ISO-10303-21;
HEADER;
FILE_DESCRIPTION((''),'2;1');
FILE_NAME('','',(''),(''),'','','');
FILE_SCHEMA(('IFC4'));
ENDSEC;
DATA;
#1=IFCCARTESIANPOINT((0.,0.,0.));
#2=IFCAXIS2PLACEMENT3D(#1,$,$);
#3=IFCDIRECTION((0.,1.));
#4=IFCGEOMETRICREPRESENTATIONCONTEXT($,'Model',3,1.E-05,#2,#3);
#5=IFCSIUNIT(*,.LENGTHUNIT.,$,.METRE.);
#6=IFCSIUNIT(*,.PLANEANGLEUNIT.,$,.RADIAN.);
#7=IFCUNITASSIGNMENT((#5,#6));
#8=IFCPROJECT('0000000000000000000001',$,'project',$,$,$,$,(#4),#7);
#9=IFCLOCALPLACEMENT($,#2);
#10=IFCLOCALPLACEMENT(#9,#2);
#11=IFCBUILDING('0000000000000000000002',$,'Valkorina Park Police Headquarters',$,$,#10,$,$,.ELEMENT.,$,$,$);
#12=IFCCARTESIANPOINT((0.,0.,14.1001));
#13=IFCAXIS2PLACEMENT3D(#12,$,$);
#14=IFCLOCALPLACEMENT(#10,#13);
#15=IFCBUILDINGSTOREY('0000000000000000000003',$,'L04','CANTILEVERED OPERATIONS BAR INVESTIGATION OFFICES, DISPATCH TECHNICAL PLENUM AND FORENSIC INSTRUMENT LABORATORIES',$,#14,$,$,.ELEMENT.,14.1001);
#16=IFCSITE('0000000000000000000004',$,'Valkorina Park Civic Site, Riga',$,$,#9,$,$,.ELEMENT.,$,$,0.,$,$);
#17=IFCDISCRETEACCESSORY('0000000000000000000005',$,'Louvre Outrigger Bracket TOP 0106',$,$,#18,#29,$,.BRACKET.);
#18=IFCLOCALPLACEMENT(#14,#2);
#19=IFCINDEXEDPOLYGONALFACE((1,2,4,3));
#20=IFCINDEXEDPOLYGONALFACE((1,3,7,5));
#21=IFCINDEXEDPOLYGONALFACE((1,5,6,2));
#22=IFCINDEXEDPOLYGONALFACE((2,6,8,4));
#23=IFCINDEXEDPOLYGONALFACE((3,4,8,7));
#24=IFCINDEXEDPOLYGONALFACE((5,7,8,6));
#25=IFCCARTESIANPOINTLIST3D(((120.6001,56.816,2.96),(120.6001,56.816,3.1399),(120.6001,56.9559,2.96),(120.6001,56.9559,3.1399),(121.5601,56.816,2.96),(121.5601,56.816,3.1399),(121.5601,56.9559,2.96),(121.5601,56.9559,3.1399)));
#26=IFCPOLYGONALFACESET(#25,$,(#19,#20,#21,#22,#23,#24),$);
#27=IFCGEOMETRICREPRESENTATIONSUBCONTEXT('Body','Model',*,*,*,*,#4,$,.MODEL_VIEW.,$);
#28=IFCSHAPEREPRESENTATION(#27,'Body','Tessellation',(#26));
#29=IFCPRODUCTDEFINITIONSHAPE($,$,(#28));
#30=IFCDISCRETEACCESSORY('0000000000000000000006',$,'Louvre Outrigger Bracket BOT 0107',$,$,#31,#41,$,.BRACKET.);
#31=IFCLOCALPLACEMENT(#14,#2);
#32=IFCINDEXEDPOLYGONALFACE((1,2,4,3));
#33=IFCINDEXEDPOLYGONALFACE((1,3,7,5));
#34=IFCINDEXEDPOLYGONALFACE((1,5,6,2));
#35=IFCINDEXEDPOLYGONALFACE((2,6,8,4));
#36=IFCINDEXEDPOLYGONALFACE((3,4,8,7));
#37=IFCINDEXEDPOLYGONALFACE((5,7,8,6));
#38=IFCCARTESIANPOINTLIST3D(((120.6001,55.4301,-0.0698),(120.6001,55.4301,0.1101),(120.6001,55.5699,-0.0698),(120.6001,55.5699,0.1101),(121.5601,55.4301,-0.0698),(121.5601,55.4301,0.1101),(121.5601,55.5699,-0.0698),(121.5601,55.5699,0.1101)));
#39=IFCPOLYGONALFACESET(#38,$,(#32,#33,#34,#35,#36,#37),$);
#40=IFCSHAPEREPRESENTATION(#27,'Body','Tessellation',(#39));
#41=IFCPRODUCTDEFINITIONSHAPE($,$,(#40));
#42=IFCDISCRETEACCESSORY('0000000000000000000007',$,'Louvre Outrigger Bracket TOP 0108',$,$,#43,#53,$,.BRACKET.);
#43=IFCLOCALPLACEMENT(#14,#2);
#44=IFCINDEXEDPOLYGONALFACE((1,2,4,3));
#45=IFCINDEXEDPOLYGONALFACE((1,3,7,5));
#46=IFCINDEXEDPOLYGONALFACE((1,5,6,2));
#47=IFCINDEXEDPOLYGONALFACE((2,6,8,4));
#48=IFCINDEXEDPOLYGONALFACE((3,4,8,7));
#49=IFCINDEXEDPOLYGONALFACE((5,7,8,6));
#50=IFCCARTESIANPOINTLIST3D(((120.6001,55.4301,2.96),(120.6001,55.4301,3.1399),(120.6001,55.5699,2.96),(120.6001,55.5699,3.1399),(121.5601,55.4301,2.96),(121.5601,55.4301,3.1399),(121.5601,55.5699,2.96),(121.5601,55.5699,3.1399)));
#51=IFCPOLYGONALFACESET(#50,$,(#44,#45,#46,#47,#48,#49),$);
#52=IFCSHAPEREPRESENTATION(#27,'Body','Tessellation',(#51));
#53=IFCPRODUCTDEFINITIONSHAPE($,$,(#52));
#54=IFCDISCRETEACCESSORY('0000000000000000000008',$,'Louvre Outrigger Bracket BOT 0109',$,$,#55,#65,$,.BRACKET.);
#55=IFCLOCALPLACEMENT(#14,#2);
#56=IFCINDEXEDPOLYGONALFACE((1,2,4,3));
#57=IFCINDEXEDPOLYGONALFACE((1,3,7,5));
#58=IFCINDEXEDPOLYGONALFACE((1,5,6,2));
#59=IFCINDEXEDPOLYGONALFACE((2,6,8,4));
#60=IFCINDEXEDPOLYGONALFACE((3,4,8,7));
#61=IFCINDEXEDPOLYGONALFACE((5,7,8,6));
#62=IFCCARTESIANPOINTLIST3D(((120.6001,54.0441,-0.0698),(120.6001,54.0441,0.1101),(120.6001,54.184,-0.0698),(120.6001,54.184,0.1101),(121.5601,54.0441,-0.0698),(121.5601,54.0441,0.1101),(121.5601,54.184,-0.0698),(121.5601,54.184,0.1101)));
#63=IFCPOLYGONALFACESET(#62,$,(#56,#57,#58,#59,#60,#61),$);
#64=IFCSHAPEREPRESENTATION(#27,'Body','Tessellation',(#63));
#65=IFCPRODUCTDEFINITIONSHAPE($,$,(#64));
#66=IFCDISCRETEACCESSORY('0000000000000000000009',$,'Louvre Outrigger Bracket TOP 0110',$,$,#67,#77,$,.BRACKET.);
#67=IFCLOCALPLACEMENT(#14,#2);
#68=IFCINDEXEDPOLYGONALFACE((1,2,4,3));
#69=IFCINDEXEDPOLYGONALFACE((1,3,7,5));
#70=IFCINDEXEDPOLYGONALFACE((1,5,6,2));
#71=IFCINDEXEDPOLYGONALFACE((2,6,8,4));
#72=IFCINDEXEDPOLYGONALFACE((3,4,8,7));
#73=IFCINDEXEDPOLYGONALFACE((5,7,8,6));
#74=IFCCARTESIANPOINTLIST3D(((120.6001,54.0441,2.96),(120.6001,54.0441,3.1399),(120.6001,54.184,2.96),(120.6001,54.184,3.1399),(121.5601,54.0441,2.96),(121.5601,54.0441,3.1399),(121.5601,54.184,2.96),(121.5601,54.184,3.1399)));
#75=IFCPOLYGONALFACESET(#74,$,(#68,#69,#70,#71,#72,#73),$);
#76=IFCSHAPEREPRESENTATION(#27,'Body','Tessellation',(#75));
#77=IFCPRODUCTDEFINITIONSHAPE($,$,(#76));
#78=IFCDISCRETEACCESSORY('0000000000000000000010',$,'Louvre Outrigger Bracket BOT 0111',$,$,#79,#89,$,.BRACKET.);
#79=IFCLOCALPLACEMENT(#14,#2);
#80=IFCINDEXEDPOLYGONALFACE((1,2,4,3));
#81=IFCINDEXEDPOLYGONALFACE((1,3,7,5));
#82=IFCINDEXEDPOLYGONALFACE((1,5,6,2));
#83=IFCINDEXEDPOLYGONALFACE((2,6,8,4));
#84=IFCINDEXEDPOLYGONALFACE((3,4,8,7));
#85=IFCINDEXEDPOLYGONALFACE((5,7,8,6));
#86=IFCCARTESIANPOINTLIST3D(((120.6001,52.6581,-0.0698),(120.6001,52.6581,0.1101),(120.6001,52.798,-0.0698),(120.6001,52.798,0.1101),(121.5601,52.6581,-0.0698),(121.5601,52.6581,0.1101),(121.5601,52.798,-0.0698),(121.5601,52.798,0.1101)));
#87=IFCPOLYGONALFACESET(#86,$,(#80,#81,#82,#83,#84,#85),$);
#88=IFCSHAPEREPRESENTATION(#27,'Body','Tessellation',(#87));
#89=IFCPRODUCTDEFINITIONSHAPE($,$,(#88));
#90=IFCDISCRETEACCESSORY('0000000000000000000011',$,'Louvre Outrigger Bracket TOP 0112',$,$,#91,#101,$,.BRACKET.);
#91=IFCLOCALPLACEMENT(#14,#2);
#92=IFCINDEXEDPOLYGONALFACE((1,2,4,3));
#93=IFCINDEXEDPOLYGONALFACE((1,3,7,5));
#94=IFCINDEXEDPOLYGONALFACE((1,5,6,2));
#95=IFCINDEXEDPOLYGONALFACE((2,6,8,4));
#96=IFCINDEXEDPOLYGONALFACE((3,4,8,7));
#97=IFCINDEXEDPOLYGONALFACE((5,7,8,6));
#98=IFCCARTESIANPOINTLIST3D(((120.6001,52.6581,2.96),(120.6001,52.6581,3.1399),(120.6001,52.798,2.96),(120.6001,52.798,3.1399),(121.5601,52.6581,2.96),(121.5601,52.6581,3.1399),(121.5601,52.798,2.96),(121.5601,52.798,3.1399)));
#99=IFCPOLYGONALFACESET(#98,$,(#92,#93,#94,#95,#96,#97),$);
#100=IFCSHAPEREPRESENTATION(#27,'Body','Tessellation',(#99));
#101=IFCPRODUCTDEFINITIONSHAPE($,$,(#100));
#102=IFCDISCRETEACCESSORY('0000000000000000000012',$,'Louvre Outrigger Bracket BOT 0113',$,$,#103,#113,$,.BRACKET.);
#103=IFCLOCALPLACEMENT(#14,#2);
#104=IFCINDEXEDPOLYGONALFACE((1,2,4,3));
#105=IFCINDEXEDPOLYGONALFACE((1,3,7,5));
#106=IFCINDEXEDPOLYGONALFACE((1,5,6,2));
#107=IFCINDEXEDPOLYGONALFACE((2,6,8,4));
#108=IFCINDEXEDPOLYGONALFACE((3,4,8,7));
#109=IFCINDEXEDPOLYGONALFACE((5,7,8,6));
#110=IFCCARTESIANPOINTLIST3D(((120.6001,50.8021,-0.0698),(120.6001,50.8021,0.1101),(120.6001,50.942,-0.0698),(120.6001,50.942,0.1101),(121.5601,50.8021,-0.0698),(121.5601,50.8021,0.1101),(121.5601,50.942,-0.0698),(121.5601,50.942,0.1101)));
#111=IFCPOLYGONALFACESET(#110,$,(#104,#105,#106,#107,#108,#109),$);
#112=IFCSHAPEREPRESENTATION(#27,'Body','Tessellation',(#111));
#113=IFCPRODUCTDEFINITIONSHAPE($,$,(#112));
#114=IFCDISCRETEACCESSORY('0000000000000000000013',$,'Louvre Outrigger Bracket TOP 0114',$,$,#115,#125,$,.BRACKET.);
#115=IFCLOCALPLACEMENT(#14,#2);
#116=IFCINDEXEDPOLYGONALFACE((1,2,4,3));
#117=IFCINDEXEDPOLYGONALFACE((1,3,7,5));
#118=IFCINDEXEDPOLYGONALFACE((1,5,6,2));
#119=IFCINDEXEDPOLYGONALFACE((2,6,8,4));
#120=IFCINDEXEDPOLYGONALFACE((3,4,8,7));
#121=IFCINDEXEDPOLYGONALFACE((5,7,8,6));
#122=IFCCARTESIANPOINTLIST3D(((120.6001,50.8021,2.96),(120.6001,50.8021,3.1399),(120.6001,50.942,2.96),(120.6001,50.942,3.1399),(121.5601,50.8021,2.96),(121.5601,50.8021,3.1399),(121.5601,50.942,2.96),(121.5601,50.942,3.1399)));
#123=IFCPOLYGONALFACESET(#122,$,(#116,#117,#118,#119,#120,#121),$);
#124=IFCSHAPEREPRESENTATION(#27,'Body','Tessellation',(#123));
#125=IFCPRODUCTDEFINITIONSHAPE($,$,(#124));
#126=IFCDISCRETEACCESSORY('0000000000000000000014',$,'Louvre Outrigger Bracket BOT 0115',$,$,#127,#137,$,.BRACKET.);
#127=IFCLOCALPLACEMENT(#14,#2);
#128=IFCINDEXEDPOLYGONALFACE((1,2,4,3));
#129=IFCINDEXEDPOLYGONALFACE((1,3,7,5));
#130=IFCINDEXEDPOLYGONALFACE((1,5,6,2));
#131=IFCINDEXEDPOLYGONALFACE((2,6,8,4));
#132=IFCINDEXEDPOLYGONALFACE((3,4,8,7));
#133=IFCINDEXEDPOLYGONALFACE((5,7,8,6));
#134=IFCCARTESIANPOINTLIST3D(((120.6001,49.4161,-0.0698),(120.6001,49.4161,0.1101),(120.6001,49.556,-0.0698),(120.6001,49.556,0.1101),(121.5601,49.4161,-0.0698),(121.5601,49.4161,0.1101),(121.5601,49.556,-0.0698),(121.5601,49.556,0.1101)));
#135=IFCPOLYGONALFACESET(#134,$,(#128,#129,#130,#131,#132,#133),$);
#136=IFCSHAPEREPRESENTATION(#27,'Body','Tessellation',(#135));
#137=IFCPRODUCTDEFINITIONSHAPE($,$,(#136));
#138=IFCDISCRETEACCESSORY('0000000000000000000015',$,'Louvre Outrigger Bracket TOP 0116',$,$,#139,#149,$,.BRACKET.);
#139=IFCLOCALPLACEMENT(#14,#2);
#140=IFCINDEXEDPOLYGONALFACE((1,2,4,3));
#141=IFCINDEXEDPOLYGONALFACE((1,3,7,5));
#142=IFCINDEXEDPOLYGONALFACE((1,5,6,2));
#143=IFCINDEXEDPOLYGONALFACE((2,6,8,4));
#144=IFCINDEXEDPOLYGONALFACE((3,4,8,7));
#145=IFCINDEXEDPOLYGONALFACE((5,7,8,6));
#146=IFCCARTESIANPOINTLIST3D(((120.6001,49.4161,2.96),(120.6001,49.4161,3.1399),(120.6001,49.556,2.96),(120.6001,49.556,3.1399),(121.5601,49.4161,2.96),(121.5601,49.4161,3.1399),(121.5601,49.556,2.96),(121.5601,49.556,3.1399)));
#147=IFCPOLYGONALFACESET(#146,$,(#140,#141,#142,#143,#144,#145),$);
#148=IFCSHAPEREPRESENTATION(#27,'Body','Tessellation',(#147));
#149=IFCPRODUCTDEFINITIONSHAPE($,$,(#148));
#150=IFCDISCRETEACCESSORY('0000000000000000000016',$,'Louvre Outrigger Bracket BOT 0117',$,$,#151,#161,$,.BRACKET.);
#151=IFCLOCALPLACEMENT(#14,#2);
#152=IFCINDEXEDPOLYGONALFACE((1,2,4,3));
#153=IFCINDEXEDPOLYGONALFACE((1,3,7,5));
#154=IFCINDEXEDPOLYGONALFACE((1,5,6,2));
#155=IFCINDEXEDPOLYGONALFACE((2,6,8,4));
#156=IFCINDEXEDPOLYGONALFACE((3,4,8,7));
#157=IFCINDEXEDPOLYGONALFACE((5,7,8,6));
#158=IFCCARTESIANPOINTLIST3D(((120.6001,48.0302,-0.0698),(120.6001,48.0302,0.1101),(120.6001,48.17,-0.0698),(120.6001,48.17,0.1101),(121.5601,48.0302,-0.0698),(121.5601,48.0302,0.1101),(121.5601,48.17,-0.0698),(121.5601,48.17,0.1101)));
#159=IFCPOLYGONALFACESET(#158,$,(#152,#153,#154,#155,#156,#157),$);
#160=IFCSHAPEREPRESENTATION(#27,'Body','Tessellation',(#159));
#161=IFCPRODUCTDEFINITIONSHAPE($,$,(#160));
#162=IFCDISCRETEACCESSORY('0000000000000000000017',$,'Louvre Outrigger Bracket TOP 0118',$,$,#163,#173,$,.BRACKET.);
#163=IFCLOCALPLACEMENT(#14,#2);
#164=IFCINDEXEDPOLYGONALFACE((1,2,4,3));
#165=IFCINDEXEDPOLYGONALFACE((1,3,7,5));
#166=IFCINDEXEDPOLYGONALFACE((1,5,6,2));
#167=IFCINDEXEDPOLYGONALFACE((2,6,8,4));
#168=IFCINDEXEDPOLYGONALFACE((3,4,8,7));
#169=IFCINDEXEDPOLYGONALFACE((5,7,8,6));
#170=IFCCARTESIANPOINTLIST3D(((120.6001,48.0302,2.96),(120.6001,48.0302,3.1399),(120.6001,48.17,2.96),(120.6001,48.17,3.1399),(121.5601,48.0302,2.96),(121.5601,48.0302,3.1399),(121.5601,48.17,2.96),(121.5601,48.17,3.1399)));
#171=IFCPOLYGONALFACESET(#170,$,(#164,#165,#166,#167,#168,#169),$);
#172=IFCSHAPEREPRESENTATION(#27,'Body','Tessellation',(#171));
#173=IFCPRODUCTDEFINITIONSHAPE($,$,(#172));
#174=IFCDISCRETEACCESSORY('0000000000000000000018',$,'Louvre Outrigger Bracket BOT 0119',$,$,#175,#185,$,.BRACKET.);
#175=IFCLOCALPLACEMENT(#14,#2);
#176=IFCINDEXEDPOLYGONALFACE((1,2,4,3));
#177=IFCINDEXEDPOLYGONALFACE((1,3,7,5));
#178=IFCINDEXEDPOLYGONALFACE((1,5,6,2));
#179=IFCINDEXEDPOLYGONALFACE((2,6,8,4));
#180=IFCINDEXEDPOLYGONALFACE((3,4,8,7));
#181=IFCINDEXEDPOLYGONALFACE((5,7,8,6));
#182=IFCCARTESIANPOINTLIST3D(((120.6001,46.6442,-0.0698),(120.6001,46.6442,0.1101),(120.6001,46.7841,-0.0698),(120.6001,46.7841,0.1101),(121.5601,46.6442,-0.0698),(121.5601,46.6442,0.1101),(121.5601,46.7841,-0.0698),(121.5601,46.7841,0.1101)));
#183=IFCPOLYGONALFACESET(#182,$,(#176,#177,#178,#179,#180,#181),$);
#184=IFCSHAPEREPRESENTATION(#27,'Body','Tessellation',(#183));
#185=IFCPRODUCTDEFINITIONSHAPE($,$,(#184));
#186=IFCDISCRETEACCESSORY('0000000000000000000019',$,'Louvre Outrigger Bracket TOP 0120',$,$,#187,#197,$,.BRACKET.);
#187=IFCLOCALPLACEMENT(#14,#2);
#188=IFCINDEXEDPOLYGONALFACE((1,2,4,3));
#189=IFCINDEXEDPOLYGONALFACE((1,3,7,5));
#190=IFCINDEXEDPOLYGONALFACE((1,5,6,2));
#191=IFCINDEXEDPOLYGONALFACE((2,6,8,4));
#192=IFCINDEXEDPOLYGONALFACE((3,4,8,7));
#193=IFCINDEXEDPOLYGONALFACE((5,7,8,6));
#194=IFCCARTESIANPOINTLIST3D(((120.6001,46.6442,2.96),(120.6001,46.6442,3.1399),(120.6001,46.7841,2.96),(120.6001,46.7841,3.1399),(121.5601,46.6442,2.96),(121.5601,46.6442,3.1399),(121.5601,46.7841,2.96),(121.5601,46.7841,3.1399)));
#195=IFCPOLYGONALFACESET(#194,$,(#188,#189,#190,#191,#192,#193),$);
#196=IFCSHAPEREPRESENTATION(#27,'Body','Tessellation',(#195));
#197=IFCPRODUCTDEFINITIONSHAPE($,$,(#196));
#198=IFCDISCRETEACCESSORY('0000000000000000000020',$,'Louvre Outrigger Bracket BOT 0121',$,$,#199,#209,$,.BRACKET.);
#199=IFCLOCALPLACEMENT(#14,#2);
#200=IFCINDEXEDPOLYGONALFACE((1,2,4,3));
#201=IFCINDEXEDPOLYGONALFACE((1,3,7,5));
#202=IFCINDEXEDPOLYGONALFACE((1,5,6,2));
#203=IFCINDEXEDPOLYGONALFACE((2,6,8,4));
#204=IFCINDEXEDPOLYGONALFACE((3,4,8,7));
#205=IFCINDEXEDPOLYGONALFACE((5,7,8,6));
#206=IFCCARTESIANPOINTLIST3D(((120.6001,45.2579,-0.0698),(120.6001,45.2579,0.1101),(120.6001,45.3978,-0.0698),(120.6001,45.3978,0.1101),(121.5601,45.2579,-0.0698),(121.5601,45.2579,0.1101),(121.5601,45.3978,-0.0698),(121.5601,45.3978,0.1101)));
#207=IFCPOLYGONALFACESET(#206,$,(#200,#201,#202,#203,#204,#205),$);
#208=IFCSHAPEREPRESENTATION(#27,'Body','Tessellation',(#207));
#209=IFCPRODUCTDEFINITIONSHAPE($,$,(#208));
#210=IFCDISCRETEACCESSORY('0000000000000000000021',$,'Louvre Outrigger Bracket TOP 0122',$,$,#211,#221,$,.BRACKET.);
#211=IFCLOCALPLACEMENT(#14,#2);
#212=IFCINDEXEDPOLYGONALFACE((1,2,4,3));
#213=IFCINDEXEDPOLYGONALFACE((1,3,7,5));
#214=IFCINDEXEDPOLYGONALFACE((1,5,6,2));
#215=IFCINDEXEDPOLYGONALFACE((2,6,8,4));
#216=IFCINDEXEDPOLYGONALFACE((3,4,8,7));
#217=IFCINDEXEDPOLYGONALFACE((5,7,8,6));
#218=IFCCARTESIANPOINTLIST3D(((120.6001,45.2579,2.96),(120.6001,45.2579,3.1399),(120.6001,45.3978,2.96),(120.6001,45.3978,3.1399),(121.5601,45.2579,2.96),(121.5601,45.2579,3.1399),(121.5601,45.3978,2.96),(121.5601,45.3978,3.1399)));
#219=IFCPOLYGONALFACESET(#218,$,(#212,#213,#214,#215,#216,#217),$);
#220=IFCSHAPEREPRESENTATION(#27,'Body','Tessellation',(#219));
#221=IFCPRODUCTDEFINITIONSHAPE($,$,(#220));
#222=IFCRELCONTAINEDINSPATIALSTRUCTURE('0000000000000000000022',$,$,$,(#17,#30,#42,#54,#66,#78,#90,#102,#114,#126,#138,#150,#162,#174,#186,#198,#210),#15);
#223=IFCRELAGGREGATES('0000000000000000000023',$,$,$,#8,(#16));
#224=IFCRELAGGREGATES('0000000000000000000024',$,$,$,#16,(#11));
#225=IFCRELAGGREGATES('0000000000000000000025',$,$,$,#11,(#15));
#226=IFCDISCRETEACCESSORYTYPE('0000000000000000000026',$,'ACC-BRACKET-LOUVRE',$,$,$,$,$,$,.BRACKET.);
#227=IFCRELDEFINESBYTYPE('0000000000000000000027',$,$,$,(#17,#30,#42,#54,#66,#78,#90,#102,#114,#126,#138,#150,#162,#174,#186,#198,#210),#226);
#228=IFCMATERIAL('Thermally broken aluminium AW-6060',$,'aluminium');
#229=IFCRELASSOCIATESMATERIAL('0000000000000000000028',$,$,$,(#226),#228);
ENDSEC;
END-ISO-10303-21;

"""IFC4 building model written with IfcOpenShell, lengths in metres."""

from ifc_helpers import new_model, si_unit, direction, frame, origin, origin_2d, place, context, subcontext, project, spatial, rectangle, extrude, material, type_object, element, save


model = new_model("IFC4")

# Units and contexts
model_context = context("Model", 3, precision=1e-05, world=origin(), true_north=direction((0.0, 1.0)))
body_context = subcontext(model_context, "Body", "Model", "MODEL_VIEW")
ifc_project = project(units=[si_unit("LENGTHUNIT", "METRE"), si_unit("PLANEANGLEUNIT", "RADIAN")], contexts=[model_context])

# Site, building, storey
site_placement = place(None, origin())
site = spatial("IfcSite", under=ifc_project, at=site_placement, Name="Valkorina Park Civic Site, Riga", CompositionType="ELEMENT", RefElevation=0.0)
building_placement = place(site_placement, origin())
building = spatial("IfcBuilding", under=site, at=building_placement, Name="Valkorina Park Police Headquarters", CompositionType="ELEMENT")
storey_placement = place(building_placement, frame((0.0, 0.0, 14.1001)))
storey = spatial("IfcBuildingStorey", under=building, at=storey_placement, Name="L04", Description="CANTILEVERED OPERATIONS BAR INVESTIGATION OFFICES, DISPATCH TECHNICAL PLENUM AND FORENSIC INSTRUMENT LABORATORIES", CompositionType="ELEMENT", Elevation=14.1001)

# Discrete accessories
ifc_material_1 = material(Name="Thermally broken aluminium AW-6060", Category="aluminium")
discrete_accessory_type = type_object("IfcDiscreteAccessoryType", Name="ACC-BRACKET-LOUVRE", PredefinedType="BRACKET", material=ifc_material_1)
for number, where, z_axis, x_axis, name in (
    (1, (121.0801, 56.886, 2.96), (0.0, 0.0, 1.0), (1.0, 0.0, 0.0), "Louvre Outrigger Bracket TOP 0106"),
    (2, (121.0801, 55.5, -0.0698), (0.0, 0.0, 1.0), (1.0, 0.0, 0.0), "Louvre Outrigger Bracket BOT 0107"),
    (3, (121.0801, 55.5, 2.96), (0.0, 0.0, 1.0), (1.0, 0.0, 0.0), "Louvre Outrigger Bracket TOP 0108"),
    (4, (121.0801, 54.114, -0.0698), (0.0, 0.0, 1.0), (1.0, 0.0, 0.0), "Louvre Outrigger Bracket BOT 0109"),
    (5, (121.0801, 54.114, 2.96), (0.0, 0.0, 1.0), (1.0, 0.0, 0.0), "Louvre Outrigger Bracket TOP 0110"),
    (6, (121.0801, 52.728, -0.0698), (0.0, 0.0, 1.0), (1.0, 0.0, 0.0), "Louvre Outrigger Bracket BOT 0111"),
    (7, (121.0801, 52.728, 2.96), (0.0, 0.0, 1.0), (1.0, 0.0, 0.0), "Louvre Outrigger Bracket TOP 0112"),
    (8, (121.0801, 50.8721, -0.0698), (0.0, 0.0, 1.0), (1.0, 0.0, 0.0), "Louvre Outrigger Bracket BOT 0113"),
    (9, (121.0801, 50.8721, 2.96), (0.0, 0.0, 1.0), (1.0, 0.0, 0.0), "Louvre Outrigger Bracket TOP 0114"),
    (10, (121.0801, 49.4861, -0.0698), (0.0, 0.0, 1.0), (1.0, 0.0, 0.0), "Louvre Outrigger Bracket BOT 0115"),
    (11, (121.0801, 49.4861, 2.96), (0.0, 0.0, 1.0), (1.0, 0.0, 0.0), "Louvre Outrigger Bracket TOP 0116"),
    (12, (121.0801, 48.1001, -0.0698), (0.0, 0.0, 1.0), (1.0, 0.0, 0.0), "Louvre Outrigger Bracket BOT 0117"),
    (13, (121.0801, 48.1001, 2.96), (0.0, 0.0, 1.0), (1.0, 0.0, 0.0), "Louvre Outrigger Bracket TOP 0118"),
    (14, (121.0801, 46.7141, -0.0698), (0.0, 0.0, 1.0), (1.0, 0.0, 0.0), "Louvre Outrigger Bracket BOT 0119"),
    (15, (121.0801, 46.7141, 2.96), (0.0, 0.0, 1.0), (1.0, 0.0, 0.0), "Louvre Outrigger Bracket TOP 0120"),
    (16, (121.0801, 45.3279, -0.0698), (0.0, 0.0, 1.0), (1.0, 0.0, 0.0), "Louvre Outrigger Bracket BOT 0121"),
    (17, (121.0801, 45.3279, 2.96), (0.0, 0.0, 1.0), (1.0, 0.0, 0.0), "Louvre Outrigger Bracket TOP 0122"),
):
    element("IfcDiscreteAccessory", number, at=place(storey_placement, frame(where, z_axis=z_axis, x_axis=x_axis)), inside=storey, type_object=discrete_accessory_type, Name=name, PredefinedType="BRACKET", context=body_context, shape_type="SweptSolid", body=[
        extrude(rectangle(XDim=0.96, YDim=0.1399, at=origin_2d()), origin(), (0.0, 0.0, 1.0), 0.1799),
    ])

save(model, "model.ifc")
